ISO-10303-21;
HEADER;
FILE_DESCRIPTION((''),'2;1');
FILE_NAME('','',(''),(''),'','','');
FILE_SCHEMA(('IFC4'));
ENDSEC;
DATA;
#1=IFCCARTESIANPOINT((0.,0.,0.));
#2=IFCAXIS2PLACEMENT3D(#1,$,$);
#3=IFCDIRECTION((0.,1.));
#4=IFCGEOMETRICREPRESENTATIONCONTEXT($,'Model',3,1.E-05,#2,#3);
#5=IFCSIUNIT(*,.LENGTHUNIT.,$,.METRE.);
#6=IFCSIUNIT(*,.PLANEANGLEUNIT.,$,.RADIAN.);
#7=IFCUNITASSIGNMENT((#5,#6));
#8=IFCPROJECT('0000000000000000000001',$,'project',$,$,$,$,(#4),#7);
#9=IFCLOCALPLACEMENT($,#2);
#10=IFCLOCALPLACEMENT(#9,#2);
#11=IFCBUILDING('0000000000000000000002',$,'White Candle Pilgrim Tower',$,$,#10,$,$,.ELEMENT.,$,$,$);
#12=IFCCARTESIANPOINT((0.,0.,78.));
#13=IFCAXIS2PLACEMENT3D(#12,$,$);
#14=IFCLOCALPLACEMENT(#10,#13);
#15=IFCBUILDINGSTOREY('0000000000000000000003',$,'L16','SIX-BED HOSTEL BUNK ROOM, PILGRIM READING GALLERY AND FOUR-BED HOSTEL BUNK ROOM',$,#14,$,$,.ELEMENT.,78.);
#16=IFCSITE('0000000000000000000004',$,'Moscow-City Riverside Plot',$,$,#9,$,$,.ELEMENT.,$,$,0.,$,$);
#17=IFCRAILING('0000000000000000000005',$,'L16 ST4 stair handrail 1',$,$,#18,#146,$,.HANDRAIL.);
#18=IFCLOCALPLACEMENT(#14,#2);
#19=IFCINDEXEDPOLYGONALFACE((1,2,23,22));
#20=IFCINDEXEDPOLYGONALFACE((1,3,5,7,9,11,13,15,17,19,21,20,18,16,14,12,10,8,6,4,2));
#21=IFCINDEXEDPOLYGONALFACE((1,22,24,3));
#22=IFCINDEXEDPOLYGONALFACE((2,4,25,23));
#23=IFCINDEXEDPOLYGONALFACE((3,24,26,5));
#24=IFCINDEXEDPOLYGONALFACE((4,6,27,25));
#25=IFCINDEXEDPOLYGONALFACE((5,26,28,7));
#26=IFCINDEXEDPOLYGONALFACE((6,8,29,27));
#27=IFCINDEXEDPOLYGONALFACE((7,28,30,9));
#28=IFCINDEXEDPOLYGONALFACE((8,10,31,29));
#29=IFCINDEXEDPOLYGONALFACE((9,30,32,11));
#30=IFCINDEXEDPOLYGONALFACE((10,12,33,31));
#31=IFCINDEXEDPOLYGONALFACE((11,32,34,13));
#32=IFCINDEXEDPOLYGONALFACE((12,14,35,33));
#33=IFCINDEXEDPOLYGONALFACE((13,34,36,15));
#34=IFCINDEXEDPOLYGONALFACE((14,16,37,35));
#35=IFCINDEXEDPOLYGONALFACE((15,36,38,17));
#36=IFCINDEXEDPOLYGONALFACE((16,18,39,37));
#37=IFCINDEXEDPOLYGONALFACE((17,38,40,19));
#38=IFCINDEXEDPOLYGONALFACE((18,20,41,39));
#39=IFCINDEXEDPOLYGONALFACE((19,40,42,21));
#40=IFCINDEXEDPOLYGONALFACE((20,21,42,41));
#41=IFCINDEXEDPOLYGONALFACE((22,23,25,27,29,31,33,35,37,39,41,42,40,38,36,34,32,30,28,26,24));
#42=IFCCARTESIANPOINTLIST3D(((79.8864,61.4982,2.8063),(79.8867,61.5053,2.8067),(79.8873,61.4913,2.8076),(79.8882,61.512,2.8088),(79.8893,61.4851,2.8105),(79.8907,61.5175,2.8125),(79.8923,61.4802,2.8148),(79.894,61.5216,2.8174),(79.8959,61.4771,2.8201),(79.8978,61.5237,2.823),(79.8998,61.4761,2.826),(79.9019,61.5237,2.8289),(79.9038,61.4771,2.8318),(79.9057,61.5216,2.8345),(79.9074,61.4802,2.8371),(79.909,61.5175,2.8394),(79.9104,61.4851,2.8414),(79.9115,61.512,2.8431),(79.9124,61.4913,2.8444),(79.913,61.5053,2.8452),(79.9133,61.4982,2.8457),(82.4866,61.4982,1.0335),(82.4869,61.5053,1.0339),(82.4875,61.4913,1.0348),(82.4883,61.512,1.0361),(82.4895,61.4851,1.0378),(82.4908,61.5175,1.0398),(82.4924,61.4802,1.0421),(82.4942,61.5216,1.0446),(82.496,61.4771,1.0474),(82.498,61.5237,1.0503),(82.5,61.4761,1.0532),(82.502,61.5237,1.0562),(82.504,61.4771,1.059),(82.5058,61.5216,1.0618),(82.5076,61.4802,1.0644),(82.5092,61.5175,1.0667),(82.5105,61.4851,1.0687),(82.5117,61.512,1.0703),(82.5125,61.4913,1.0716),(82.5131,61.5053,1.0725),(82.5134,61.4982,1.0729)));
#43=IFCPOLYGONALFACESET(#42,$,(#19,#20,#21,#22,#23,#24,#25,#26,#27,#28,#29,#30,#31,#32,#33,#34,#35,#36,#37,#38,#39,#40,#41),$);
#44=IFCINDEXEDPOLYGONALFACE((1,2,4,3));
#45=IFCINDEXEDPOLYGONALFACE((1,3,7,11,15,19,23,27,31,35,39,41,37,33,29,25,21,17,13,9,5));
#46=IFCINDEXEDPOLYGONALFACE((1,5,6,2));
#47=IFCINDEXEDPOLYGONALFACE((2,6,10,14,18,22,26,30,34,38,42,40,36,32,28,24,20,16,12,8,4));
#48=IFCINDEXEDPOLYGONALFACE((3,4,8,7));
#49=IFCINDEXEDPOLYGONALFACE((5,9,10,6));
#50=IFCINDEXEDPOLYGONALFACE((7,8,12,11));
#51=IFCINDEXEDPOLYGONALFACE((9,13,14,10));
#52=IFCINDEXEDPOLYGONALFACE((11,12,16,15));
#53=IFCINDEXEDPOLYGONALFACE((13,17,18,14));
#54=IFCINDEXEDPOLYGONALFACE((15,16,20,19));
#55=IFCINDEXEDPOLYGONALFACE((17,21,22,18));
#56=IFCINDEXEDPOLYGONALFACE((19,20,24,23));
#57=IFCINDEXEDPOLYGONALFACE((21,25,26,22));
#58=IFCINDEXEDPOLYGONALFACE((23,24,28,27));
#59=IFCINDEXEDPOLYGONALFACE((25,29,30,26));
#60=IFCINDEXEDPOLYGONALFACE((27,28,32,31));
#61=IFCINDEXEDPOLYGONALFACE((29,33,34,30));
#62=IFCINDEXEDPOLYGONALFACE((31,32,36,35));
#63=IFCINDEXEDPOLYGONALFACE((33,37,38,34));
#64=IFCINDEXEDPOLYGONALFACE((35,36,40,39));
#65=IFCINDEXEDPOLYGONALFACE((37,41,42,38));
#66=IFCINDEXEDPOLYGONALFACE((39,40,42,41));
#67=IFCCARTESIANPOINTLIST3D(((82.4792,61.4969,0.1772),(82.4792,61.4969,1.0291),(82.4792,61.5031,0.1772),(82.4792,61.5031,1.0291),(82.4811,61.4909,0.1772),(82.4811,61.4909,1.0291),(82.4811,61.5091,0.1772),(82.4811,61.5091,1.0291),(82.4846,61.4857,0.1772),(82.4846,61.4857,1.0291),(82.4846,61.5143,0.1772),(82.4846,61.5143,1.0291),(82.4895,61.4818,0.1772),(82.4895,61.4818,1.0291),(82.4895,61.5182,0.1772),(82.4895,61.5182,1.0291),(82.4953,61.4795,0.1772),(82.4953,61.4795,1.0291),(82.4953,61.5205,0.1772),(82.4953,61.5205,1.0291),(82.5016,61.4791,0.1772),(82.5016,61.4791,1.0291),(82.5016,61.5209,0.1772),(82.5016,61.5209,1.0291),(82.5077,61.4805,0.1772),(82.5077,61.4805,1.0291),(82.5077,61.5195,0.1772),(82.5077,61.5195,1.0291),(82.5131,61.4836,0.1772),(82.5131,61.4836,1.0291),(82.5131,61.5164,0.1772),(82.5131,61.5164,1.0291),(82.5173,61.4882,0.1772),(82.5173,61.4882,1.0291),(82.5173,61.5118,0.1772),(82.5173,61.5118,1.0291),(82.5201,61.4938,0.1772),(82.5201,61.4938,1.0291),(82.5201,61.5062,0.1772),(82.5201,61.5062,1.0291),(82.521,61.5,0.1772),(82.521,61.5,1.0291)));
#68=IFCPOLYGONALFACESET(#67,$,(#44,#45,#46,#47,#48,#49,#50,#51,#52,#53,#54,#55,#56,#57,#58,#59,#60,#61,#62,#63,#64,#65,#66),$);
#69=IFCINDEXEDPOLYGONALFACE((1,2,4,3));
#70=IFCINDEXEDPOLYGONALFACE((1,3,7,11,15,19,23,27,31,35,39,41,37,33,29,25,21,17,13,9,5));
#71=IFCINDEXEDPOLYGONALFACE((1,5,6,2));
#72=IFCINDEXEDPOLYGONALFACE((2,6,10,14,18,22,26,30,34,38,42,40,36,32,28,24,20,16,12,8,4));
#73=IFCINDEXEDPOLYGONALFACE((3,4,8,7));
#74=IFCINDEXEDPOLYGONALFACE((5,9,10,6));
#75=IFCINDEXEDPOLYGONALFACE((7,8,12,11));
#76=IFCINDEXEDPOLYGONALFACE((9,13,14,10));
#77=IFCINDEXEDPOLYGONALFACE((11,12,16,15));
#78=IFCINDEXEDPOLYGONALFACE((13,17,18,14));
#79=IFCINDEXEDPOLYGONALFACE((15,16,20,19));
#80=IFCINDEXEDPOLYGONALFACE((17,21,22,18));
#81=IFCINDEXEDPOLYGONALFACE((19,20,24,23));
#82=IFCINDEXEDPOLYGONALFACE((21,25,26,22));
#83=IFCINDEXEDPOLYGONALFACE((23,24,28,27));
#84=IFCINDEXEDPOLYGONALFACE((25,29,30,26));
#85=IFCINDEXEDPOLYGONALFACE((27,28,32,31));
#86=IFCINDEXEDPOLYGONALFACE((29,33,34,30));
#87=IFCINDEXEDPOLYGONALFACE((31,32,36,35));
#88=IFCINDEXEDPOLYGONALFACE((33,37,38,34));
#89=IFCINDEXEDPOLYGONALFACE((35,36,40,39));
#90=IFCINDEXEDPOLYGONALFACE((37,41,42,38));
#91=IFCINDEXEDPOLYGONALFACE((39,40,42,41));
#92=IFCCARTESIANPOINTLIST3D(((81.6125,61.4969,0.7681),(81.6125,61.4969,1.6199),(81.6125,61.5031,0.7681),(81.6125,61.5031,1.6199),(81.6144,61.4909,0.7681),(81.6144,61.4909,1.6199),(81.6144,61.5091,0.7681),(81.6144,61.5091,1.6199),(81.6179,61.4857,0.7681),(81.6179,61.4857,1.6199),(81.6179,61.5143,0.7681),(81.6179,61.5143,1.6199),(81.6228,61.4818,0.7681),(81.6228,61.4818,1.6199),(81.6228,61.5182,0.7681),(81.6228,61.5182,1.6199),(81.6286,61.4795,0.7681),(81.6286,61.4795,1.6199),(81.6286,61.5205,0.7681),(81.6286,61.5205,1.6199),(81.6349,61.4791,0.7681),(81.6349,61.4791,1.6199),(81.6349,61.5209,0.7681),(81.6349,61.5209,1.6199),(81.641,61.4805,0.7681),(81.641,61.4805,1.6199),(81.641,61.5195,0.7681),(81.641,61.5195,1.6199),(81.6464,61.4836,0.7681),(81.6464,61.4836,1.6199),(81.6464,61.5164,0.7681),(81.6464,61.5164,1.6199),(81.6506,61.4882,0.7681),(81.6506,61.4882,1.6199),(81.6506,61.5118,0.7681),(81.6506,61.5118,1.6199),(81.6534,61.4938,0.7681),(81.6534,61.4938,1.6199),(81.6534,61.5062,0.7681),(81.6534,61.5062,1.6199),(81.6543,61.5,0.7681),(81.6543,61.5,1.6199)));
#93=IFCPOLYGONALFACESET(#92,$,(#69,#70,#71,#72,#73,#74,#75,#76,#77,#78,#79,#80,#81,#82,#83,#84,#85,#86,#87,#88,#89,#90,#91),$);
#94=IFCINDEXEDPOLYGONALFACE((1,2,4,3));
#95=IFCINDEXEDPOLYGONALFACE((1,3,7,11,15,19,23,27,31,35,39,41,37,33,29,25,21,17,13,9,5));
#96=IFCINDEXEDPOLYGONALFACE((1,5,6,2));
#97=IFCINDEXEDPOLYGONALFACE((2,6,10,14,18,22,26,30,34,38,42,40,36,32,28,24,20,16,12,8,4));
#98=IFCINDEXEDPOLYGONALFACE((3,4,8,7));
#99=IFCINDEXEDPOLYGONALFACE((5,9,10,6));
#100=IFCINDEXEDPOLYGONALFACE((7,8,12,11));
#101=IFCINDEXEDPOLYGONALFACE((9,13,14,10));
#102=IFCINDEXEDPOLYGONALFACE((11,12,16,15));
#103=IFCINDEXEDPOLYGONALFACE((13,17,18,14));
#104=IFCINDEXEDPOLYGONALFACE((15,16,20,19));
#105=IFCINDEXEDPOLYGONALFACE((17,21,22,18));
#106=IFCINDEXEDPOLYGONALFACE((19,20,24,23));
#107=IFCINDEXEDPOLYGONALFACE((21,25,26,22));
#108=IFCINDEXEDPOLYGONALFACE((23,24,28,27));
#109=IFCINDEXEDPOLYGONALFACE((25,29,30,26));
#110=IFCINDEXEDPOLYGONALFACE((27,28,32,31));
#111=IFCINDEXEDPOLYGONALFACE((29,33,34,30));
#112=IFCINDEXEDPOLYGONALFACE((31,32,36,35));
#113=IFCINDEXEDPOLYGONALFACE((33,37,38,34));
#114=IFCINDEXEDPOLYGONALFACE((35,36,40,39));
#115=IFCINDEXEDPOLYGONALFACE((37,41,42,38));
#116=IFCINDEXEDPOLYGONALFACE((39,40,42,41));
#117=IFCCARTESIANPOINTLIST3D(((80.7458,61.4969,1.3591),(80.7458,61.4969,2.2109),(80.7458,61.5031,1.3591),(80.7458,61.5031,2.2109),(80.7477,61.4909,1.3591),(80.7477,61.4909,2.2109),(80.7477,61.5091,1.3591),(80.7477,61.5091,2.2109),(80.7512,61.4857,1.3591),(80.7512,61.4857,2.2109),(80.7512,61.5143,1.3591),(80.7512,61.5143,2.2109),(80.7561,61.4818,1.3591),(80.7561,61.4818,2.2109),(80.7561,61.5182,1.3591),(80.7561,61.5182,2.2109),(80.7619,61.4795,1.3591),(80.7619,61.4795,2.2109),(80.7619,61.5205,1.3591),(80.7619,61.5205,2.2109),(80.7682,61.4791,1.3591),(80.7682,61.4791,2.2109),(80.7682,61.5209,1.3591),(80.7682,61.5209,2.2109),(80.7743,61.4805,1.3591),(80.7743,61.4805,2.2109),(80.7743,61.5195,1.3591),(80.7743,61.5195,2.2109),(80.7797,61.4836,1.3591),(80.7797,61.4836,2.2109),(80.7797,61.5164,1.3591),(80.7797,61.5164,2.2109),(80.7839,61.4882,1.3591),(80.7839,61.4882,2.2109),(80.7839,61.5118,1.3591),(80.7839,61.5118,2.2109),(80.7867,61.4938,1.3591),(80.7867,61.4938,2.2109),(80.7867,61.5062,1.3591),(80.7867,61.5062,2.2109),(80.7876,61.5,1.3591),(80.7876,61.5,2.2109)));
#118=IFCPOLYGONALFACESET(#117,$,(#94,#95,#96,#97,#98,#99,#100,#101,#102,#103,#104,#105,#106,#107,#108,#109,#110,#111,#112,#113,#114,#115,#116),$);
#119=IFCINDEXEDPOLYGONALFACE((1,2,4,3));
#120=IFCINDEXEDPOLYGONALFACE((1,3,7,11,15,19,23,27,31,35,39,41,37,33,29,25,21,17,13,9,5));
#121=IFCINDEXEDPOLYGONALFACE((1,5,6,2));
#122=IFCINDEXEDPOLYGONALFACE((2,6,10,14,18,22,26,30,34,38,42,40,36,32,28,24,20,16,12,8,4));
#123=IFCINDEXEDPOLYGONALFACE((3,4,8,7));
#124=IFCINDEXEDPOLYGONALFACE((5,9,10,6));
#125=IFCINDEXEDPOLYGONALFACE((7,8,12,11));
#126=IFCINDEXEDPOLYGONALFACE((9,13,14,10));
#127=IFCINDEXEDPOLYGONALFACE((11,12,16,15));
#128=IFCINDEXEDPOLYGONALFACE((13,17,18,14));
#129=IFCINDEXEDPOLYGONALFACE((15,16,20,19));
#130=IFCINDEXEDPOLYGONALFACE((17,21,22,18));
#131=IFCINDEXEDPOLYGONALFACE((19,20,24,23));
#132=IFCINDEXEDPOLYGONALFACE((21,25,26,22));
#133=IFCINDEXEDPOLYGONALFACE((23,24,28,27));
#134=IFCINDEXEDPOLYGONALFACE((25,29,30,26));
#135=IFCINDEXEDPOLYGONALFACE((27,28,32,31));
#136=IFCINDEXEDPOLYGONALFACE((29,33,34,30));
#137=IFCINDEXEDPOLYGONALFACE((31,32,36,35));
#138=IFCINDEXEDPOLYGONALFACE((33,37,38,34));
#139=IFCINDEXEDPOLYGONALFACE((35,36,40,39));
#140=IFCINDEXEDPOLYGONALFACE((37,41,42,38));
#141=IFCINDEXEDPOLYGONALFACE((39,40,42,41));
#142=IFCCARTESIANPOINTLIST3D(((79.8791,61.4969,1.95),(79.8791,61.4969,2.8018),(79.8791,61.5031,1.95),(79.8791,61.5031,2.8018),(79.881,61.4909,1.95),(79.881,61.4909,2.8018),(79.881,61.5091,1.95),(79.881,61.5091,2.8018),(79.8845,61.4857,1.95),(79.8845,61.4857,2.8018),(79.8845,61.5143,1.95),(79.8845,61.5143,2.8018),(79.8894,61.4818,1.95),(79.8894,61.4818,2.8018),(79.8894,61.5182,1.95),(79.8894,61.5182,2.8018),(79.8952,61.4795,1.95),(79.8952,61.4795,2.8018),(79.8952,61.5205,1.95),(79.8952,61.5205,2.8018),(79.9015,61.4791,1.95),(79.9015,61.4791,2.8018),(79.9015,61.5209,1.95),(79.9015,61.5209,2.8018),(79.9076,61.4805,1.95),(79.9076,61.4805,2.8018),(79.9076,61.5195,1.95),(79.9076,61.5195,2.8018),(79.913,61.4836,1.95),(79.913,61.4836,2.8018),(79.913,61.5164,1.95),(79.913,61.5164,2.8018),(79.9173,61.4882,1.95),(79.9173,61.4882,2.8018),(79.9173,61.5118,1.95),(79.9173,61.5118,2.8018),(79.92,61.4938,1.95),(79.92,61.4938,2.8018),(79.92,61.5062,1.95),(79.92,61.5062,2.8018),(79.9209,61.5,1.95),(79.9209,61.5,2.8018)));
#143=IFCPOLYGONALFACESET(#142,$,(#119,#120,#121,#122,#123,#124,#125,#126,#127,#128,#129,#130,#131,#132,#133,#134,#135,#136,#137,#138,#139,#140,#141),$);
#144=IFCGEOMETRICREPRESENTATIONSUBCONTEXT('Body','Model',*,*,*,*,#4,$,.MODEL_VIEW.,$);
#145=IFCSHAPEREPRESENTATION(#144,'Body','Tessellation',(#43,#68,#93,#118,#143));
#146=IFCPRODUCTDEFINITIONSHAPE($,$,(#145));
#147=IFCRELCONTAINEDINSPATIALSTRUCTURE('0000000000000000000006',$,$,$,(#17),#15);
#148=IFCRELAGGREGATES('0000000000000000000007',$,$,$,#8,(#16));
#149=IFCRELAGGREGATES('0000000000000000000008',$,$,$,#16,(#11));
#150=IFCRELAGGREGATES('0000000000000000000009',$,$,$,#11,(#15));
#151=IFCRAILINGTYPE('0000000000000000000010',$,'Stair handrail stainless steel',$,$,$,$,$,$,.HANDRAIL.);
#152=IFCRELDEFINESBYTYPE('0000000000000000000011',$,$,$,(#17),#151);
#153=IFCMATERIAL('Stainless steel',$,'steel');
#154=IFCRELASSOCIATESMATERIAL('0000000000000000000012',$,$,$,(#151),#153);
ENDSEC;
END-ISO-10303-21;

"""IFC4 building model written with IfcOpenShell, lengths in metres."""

from ifc_helpers import new_model, si_unit, direction, frame, origin, origin_2d, place, context, subcontext, project, spatial, circle, extrude, material, type_object, element, save


model = new_model("IFC4")

# Units and contexts
model_context = context("Model", 3, precision=1e-05, world=origin(), true_north=direction((0.0, 1.0)))
body_context = subcontext(model_context, "Body", "Model", "MODEL_VIEW")
ifc_project = project(units=[si_unit("LENGTHUNIT", "METRE"), si_unit("PLANEANGLEUNIT", "RADIAN")], contexts=[model_context])

# Site, building, storey
site_placement = place(None, origin())
site = spatial("IfcSite", under=ifc_project, at=site_placement, Name="Moscow-City Riverside Plot", CompositionType="ELEMENT", RefElevation=0.0)
building_placement = place(site_placement, origin())
building = spatial("IfcBuilding", under=site, at=building_placement, Name="White Candle Pilgrim Tower", CompositionType="ELEMENT")
storey_placement = place(building_placement, frame((0.0, 0.0, 78.0)))
storey = spatial("IfcBuildingStorey", under=building, at=storey_placement, Name="L16", Description="SIX-BED HOSTEL BUNK ROOM, PILGRIM READING GALLERY AND FOUR-BED HOSTEL BUNK ROOM", CompositionType="ELEMENT", Elevation=78.0)

# Railing
ifc_material_1 = material(Name="Stainless steel", Category="steel")
railing_type_1 = type_object("IfcRailingType", Name="Stair handrail stainless steel", PredefinedType="HANDRAIL", material=ifc_material_1)
railing_1_placement = place(storey_placement, frame((82.5, 61.5, 0.1772)))
element("IfcRailing", 1, at=railing_1_placement, inside=storey, type_object=railing_type_1, Name="L16 ST4 stair handrail 1", PredefinedType="HANDRAIL", context=body_context, shape_type="SweptSolid", body=[
    extrude(circle(Radius=0.0239, at=origin_2d()), frame((0.0, 0.0, 0.876), z_axis=(-0.82624, 0.0, 0.563318), x_axis=(0.0, -1.0, 0.0)), (0.0, 0.0, 1.0), 3.147),
    extrude(circle(Radius=0.021, at=origin_2d()), origin(), (0.0, 0.0, 1.0), 0.8518),
    extrude(circle(Radius=0.021, at=origin_2d()), frame((-0.8667, 0.0, 0.5908)), (0.0, 0.0, 1.0), 0.8518),
    extrude(circle(Radius=0.021, at=origin_2d()), frame((-1.7334, 0.0, 1.1819)), (0.0, 0.0, 1.0), 0.8518),
    extrude(circle(Radius=0.021, at=origin_2d()), frame((-2.6001, 0.0, 1.7727)), (0.0, 0.0, 1.0), 0.8518),
])

save(model, "model.ifc")
